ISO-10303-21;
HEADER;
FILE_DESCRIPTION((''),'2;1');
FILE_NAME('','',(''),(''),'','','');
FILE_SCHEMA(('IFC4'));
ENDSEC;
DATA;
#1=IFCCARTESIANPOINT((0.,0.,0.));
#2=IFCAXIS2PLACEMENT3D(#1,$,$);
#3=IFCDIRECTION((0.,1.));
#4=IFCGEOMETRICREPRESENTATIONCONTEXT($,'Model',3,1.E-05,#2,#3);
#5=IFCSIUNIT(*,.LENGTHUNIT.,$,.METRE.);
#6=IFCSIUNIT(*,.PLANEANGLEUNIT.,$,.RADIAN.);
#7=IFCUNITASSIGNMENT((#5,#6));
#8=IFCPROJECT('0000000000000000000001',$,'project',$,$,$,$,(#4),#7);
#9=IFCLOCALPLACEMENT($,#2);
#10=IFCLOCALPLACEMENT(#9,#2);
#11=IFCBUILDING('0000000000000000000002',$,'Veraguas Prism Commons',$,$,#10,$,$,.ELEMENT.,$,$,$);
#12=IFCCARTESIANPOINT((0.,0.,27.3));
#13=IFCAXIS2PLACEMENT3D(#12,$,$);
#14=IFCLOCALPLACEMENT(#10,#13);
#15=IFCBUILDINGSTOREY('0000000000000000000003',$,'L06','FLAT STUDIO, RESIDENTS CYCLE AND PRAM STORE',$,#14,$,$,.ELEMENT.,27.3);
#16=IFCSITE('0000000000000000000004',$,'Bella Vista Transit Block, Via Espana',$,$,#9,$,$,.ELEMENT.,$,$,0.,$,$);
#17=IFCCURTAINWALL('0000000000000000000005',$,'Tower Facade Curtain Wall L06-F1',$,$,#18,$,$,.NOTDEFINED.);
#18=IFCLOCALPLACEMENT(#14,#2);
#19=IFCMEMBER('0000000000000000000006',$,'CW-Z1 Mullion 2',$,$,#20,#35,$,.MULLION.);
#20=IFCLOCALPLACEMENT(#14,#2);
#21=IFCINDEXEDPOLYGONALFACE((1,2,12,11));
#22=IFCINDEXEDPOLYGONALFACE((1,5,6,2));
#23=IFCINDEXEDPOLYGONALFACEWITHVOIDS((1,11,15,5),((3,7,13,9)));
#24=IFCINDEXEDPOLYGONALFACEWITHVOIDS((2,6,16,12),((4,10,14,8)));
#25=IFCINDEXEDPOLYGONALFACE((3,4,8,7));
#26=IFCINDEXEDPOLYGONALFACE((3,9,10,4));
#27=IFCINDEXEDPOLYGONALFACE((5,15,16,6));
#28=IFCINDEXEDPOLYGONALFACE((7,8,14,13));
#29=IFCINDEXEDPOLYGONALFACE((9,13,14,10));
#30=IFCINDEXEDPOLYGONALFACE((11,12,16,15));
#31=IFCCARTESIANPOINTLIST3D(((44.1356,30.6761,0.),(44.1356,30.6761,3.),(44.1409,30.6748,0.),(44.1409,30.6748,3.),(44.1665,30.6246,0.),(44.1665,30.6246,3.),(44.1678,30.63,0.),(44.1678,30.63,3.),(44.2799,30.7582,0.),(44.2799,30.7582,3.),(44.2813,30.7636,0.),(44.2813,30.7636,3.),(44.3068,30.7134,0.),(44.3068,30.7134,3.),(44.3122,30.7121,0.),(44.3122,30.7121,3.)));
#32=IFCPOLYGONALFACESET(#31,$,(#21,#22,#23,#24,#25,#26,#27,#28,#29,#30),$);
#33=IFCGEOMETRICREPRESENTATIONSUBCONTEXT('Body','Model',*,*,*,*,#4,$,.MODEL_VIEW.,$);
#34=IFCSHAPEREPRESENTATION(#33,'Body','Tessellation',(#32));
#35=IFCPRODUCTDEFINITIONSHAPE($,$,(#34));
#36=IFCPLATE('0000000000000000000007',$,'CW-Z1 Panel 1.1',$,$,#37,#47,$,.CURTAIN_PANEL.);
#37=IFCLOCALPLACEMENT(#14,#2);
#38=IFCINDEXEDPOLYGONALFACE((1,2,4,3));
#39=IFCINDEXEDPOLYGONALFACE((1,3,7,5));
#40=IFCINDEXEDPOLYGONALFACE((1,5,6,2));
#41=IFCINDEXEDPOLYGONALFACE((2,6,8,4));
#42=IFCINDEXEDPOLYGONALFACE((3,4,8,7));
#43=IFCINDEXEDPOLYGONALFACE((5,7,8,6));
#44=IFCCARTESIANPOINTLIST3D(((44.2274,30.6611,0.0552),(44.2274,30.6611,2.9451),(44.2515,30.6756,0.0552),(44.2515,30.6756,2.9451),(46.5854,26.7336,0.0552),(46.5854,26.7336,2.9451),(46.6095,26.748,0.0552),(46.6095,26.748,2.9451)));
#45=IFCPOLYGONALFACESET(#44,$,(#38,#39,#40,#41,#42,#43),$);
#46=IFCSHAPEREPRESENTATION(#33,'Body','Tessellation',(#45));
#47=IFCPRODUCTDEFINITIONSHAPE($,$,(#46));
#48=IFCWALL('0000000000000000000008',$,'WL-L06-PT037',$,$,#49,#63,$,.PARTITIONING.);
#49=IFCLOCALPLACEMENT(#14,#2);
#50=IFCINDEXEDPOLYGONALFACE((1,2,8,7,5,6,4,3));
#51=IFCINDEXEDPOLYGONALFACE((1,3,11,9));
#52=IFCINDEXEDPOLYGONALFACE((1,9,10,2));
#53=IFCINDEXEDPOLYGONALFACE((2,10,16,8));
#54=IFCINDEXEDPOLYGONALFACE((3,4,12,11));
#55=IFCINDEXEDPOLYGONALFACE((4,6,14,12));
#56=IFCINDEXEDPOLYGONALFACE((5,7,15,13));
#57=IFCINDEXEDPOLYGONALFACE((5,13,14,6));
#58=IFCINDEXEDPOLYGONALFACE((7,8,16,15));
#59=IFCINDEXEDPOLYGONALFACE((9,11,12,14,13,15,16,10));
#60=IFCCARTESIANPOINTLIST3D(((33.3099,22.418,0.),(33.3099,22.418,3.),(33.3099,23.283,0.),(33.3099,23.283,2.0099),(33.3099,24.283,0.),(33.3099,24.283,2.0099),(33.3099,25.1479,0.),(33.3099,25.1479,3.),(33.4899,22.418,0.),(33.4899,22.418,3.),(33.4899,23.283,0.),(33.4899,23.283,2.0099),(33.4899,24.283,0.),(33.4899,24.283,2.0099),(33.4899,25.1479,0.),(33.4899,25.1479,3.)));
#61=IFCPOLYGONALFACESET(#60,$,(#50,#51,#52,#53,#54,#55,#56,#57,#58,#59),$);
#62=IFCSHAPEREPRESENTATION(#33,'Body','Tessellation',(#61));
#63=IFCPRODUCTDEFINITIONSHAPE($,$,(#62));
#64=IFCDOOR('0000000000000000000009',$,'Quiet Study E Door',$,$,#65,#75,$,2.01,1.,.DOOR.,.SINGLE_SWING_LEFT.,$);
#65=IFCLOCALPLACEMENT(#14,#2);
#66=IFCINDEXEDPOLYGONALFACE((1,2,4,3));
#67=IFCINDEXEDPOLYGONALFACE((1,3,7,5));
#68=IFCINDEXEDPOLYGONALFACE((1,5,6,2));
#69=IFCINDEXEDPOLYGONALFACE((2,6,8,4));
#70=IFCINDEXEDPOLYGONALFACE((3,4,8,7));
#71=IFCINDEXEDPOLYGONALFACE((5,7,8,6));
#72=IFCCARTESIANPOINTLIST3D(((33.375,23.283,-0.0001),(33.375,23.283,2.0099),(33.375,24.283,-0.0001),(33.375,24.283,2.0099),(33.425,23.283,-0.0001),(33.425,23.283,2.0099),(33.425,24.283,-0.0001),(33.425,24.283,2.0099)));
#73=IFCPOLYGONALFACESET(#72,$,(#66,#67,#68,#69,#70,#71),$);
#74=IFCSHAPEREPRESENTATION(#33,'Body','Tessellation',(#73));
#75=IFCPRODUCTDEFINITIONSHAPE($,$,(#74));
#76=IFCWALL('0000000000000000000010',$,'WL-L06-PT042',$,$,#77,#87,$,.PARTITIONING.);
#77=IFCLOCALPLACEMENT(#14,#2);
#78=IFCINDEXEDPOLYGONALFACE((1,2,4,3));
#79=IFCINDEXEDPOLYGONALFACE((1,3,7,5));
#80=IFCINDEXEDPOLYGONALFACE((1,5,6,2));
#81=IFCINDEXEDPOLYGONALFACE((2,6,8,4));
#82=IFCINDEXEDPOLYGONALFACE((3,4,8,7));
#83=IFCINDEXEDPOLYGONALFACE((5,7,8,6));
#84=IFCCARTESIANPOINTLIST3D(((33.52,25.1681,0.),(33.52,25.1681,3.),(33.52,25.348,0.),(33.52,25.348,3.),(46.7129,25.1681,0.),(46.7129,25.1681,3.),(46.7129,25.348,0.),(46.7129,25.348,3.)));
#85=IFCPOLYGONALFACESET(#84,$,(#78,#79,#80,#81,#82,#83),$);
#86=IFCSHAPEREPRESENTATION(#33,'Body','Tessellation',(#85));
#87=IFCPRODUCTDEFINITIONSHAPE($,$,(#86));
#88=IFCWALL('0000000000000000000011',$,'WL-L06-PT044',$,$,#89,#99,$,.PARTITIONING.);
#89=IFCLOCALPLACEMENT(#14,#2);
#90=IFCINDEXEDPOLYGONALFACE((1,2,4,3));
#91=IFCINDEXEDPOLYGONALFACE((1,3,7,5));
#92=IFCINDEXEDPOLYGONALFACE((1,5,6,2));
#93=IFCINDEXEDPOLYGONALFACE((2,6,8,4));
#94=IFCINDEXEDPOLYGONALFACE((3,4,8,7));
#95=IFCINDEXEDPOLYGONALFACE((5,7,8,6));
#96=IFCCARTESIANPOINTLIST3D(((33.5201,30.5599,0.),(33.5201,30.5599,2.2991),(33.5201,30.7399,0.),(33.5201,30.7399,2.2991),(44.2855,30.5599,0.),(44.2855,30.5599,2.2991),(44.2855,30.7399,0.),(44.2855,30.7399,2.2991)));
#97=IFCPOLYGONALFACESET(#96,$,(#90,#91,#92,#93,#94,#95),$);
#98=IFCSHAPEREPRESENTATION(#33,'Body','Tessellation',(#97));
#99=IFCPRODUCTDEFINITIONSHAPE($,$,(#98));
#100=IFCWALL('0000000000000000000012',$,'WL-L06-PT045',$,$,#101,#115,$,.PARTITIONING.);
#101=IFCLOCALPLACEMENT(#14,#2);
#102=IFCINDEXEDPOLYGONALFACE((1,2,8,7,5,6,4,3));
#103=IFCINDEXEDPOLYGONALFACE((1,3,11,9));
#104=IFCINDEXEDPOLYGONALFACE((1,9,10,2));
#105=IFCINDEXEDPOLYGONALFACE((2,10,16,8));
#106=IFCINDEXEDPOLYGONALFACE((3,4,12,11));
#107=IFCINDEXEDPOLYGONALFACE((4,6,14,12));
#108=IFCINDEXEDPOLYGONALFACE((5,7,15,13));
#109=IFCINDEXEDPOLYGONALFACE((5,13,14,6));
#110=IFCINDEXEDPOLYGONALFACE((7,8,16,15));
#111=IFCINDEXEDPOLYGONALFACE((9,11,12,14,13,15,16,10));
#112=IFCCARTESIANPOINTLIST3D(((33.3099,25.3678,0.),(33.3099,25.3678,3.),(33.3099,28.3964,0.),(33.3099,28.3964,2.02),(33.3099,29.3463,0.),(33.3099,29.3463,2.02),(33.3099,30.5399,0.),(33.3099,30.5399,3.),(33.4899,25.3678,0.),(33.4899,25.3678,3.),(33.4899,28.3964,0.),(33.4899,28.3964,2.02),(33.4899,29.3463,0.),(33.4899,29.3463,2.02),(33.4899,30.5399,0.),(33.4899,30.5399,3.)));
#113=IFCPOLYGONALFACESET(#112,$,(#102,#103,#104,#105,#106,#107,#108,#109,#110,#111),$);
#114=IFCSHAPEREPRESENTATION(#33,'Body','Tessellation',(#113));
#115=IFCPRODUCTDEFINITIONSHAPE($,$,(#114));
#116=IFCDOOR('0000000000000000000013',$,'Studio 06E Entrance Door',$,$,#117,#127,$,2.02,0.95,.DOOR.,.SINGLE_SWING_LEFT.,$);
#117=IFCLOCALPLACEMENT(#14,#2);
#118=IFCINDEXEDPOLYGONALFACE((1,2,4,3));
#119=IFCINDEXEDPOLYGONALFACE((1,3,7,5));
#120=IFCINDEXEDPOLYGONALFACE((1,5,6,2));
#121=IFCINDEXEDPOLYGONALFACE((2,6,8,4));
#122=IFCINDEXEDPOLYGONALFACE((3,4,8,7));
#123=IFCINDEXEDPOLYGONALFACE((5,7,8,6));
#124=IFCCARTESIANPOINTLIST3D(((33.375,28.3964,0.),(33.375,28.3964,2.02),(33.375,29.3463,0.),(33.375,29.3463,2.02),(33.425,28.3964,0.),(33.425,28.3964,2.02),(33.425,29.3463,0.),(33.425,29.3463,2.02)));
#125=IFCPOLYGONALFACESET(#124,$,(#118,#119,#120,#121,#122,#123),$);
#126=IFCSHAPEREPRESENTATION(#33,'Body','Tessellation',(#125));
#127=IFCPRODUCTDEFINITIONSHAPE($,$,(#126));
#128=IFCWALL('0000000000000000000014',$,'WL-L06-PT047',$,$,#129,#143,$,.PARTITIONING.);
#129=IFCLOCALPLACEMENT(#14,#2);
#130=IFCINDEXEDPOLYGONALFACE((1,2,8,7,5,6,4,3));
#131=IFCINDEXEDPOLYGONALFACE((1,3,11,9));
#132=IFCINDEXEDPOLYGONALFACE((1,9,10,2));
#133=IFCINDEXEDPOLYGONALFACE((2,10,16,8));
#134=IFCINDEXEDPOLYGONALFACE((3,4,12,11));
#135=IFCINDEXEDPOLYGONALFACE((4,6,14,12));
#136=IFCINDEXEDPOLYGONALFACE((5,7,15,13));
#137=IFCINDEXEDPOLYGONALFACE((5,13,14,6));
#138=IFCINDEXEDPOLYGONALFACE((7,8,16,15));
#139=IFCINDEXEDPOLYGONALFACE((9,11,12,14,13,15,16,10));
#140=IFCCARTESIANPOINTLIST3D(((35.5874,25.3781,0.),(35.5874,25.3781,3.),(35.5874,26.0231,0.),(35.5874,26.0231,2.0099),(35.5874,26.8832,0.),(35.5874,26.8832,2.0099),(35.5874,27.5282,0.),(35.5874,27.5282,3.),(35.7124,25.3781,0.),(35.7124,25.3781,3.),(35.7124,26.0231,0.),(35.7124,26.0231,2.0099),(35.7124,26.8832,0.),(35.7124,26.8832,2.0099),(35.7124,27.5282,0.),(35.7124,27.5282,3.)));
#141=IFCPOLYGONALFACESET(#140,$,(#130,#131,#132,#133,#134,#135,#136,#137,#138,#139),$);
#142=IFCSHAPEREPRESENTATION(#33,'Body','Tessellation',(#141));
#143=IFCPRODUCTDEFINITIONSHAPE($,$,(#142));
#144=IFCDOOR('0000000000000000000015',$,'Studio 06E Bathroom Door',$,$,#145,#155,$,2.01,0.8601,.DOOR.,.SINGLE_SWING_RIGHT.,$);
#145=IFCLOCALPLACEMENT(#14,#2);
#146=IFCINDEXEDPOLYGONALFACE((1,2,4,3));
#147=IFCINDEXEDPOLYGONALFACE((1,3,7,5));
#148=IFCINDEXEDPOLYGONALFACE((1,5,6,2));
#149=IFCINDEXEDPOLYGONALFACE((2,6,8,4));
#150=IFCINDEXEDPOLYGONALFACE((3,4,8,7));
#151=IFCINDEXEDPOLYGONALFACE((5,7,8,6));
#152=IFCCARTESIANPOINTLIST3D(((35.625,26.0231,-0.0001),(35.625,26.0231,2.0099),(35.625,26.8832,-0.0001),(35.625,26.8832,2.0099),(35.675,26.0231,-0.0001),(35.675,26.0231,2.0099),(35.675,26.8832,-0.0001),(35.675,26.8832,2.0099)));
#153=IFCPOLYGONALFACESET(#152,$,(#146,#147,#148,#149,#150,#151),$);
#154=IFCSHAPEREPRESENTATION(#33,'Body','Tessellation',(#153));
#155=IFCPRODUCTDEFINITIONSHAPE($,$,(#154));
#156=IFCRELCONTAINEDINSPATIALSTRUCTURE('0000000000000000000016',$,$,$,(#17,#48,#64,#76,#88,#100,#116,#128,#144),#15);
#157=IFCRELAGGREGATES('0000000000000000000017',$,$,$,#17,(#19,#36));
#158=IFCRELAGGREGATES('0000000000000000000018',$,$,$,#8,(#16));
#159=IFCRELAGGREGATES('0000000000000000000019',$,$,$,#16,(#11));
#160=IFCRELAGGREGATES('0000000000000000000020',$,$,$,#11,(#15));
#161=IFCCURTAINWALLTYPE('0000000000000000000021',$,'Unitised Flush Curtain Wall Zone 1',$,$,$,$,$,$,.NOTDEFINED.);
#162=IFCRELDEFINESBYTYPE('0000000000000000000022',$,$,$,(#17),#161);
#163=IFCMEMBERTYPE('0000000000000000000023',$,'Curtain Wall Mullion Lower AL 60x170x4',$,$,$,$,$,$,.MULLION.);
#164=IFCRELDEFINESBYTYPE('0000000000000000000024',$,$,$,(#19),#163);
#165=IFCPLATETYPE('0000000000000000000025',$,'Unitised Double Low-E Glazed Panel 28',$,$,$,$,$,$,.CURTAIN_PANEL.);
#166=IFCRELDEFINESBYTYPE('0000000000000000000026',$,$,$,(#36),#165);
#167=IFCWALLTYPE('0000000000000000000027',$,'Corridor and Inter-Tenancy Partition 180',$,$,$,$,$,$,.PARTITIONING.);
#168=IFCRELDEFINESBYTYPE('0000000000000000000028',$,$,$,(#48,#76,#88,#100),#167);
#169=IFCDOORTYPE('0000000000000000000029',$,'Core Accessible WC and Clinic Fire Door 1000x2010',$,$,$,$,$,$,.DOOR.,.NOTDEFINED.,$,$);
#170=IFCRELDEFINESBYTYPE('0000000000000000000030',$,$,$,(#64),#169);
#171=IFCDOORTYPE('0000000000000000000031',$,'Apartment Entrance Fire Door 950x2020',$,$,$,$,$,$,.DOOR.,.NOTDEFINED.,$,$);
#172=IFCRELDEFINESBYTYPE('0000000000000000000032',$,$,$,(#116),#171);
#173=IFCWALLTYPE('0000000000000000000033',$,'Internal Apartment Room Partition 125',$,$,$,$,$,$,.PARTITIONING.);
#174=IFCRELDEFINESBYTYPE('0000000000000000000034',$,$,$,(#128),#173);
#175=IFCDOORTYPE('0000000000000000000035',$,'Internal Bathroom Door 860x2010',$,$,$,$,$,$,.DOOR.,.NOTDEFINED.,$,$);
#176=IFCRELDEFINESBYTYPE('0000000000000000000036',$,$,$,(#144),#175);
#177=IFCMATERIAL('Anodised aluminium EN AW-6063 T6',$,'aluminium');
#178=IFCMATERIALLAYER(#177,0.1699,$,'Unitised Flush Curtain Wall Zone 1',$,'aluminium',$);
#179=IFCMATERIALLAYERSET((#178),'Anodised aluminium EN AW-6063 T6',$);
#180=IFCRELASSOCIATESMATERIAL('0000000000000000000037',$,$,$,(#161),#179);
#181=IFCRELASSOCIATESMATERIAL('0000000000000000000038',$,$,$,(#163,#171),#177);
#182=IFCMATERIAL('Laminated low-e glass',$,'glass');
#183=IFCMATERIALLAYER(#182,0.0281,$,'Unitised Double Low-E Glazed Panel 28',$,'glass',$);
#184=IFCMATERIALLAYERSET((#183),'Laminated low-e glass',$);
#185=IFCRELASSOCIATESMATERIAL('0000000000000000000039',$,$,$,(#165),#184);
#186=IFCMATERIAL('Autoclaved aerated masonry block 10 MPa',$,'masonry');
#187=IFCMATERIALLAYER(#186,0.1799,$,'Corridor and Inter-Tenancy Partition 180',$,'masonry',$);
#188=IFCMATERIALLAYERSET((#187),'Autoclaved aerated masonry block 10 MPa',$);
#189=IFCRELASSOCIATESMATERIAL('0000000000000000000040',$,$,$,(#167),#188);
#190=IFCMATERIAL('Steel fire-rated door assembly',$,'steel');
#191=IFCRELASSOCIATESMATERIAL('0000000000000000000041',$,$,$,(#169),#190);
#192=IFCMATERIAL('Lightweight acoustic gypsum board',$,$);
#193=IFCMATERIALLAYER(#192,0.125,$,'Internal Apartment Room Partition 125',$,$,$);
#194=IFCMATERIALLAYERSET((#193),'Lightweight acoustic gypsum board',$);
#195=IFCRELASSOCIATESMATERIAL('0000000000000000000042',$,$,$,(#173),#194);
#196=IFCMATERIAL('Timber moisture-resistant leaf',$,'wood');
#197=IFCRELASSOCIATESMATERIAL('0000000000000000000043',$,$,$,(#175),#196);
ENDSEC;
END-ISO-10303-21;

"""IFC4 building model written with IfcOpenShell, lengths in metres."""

from ifc_helpers import new_model, si_unit, direction, frame, frame_2d, origin, origin_2d, place, context, subcontext, project, spatial, rectangle, hollow_rectangle, extrude, source, transform, mapped, material, layer, layer_set, material_profile, profile_set, type_object, element, fill, aggregate, save


model = new_model("IFC4")

# Units and contexts
model_context = context("Model", 3, precision=1e-05, world=origin(), true_north=direction((0.0, 1.0)))
body_context = subcontext(model_context, "Body", "Model", "MODEL_VIEW")
ifc_project = project(units=[si_unit("LENGTHUNIT", "METRE"), si_unit("PLANEANGLEUNIT", "RADIAN")], contexts=[model_context])

# Site, building, storey
site_placement = place(None, origin())
site = spatial("IfcSite", under=ifc_project, at=site_placement, Name="Bella Vista Transit Block, Via Espana", CompositionType="ELEMENT", RefElevation=0.0)
building_placement = place(site_placement, origin())
building = spatial("IfcBuilding", under=site, at=building_placement, Name="Veraguas Prism Commons", CompositionType="ELEMENT")
storey_placement = place(building_placement, frame((0.0, 0.0, 27.3)))
storey = spatial("IfcBuildingStorey", under=building, at=storey_placement, Name="L06", Description="FLAT STUDIO, RESIDENTS CYCLE AND PRAM STORE", CompositionType="ELEMENT", Elevation=27.3)

# Curtain wall, member, plate
ifc_material_1 = material(Name="Anodised aluminium EN AW-6063 T6", Category="aluminium")
ifc_layer_1 = layer(ifc_material_1, 0.1699, Name="Unitised Flush Curtain Wall Zone 1", Category="aluminium")
ifc_layer_set_1 = layer_set([ifc_layer_1], Name="Anodised aluminium EN AW-6063 T6")
curtain_wall_type = type_object("IfcCurtainWallType", Name="Unitised Flush Curtain Wall Zone 1", PredefinedType="NOTDEFINED", material=ifc_layer_set_1)
curtain_wall_placement = place(storey_placement, origin())
curtain_wall = element("IfcCurtainWall", 1, at=curtain_wall_placement, inside=storey, type_object=curtain_wall_type, Name="Tower Facade Curtain Wall L06-F1", PredefinedType="NOTDEFINED")
ifc_material_profile_1 = material_profile(ifc_material_1, hollow_rectangle(XDim=0.0601, YDim=0.1699, WallThickness=0.0039, at=origin_2d()), Name="AL60X170X4")
ifc_profile_set_1 = profile_set([ifc_material_profile_1], Name="Anodised aluminium EN AW-6063 T6")
member_type_1 = type_object("IfcMemberType", Name="Curtain Wall Mullion Lower AL 60x170x4", PredefinedType="MULLION", material=ifc_profile_set_1)
shared_shape_1 = source(origin(), body_context, "Body", "SweptSolid", [
    extrude(hollow_rectangle(XDim=0.0601, YDim=0.1699, WallThickness=0.0039, at=origin_2d()), origin(), (0.0, 0.0, 1.0), 3.0),
])
member_1_placement = place(storey_placement, frame((44.2239, 30.6941, 0.0), z_axis=(0.0, 0.0, 1.0), x_axis=(-0.514734, 0.85735, 0.0)))
member_1 = element("IfcMember", 2, at=member_1_placement, type_object=member_type_1, Name="CW-Z1 Mullion 2", PredefinedType="MULLION", context=body_context, shape_type="MappedRepresentation", body=[
    mapped(shared_shape_1, transform((0.0, 0.0, 0.0), scale=1.0)),
])
ifc_material_2 = material(Name="Laminated low-e glass", Category="glass")
ifc_layer_2 = layer(ifc_material_2, 0.0281, Name="Unitised Double Low-E Glazed Panel 28", Category="glass")
ifc_layer_set_2 = layer_set([ifc_layer_2], Name="Laminated low-e glass")
plate_type = type_object("IfcPlateType", Name="Unitised Double Low-E Glazed Panel 28", PredefinedType="CURTAIN_PANEL", material=ifc_layer_set_2)
shared_shape_2 = source(origin(), body_context, "Body", "SweptSolid", [
    extrude(rectangle(XDim=4.5811, YDim=0.0281, at=origin_2d()), origin(), (0.0, 0.0, 1.0), 2.8899),
])
plate_placement = place(storey_placement, frame((45.4185, 28.7046, 0.0552), z_axis=(0.0, 0.0, 1.0), x_axis=(-0.514734, 0.85735, 0.0)))
plate = element("IfcPlate", 3, at=plate_placement, type_object=plate_type, Name="CW-Z1 Panel 1.1", PredefinedType="CURTAIN_PANEL", context=body_context, shape_type="MappedRepresentation", body=[
    mapped(shared_shape_2, transform((0.0, 0.0, 0.0), scale=1.0)),
])
aggregate(curtain_wall, [member_1, plate])

# Wall, opening, door
ifc_material_3 = material(Name="Autoclaved aerated masonry block 10 MPa", Category="masonry")
ifc_layer_3 = layer(ifc_material_3, 0.1799, Name="Corridor and Inter-Tenancy Partition 180", Category="masonry")
ifc_layer_set_3 = layer_set([ifc_layer_3], Name="Autoclaved aerated masonry block 10 MPa")
wall_type_1 = type_object("IfcWallType", Name="Corridor and Inter-Tenancy Partition 180", PredefinedType="PARTITIONING", material=ifc_layer_set_3)
wall_1_placement = place(storey_placement, frame((33.3999, 22.418, 0.0), z_axis=(0.0, 0.0, 1.0), x_axis=(0.0, 1.0, 0.0)))
wall_1 = element("IfcWall", 4, at=wall_1_placement, inside=storey, type_object=wall_type_1, Name="WL-L06-PT037", PredefinedType="PARTITIONING", context=body_context, shape_type="SweptSolid", body=[
    extrude(rectangle(XDim=2.73, YDim=0.1799, at=frame_2d((1.365, 0.0))), origin(), (0.0, 0.0, 1.0), 3.0),
])
opening_1_placement = place(wall_1_placement, frame((0.865, 0.0, 0.0)))
opening_1 = element("IfcOpeningElement", 5, at=opening_1_placement, cuts=wall_1, PredefinedType="OPENING", context=body_context, shape_type="SweptSolid", body=[
    extrude(rectangle(XDim=1.0, YDim=2.01, at=frame_2d((0.5, 1.0049))), frame((0.0, 0.0999, 0.0), z_axis=(0.0, -1.0, 0.0), x_axis=(1.0, 0.0, 0.0)), (0.0, 0.0, 1.0), 0.2),
])
ifc_material_4 = material(Name="Steel fire-rated door assembly", Category="steel")
door_type_1 = type_object("IfcDoorType", Name="Core Accessible WC and Clinic Fire Door 1000x2010", OperationType="NOTDEFINED", PredefinedType="DOOR", material=ifc_material_4)
shared_shape_3 = source(origin(), body_context, "Body", "SweptSolid", [
    extrude(rectangle(XDim=1.0, YDim=2.01, at=frame_2d((0.5, 1.0049))), frame((0.0, 0.0249, 0.0), z_axis=(0.0, -1.0, 0.0), x_axis=(1.0, 0.0, 0.0)), (0.0, 0.0, 1.0), 0.05),
])
door_1_placement = place(opening_1_placement, origin())
door_1 = element("IfcDoor", 6, at=door_1_placement, inside=storey, type_object=door_type_1, Name="Quiet Study E Door", OperationType="SINGLE_SWING_LEFT", OverallHeight=2.01, OverallWidth=1.0, PredefinedType="DOOR", context=body_context, shape_type="MappedRepresentation", body=[
    mapped(shared_shape_3, transform((0.0, 0.0, 0.0), scale=1.0)),
])
fill(opening_1, door_1)

# Walls
wall_2_placement = place(storey_placement, frame((33.52, 25.2581, 0.0), z_axis=(0.0, 0.0, 1.0), x_axis=(1.0, 0.0, 0.0)))
element("IfcWall", 7, at=wall_2_placement, inside=storey, type_object=wall_type_1, Name="WL-L06-PT042", PredefinedType="PARTITIONING", context=body_context, shape_type="SweptSolid", body=[
    extrude(rectangle(XDim=13.1929, YDim=0.1799, at=frame_2d((6.5964, 0.0))), origin(), (0.0, 0.0, 1.0), 3.0),
])
wall_3_placement = place(storey_placement, frame((33.52, 30.6499, 0.0), z_axis=(0.0, 0.0, 1.0), x_axis=(1.0, 0.0, 0.0)))
element("IfcWall", 8, at=wall_3_placement, inside=storey, type_object=wall_type_1, Name="WL-L06-PT044", PredefinedType="PARTITIONING", context=body_context, shape_type="SweptSolid", body=[
    extrude(rectangle(XDim=10.7654, YDim=0.1799, at=frame_2d((5.3828, 0.0))), origin(), (0.0, 0.0, 1.0), 2.2991),
])

# Walls, openings, doors
wall_4_placement = place(storey_placement, frame((33.3999, 25.3679, 0.0), z_axis=(0.0, 0.0, 1.0), x_axis=(0.0, 1.0, 0.0)))
wall_4 = element("IfcWall", 9, at=wall_4_placement, inside=storey, type_object=wall_type_1, Name="WL-L06-PT045", PredefinedType="PARTITIONING", context=body_context, shape_type="SweptSolid", body=[
    extrude(rectangle(XDim=5.1721, YDim=0.1799, at=frame_2d((2.5859, 0.0))), origin(), (0.0, 0.0, 1.0), 3.0),
])
opening_2_placement = place(wall_4_placement, frame((3.0283, 0.0, 0.0)))
opening_2 = element("IfcOpeningElement", 10, at=opening_2_placement, cuts=wall_4, PredefinedType="OPENING", context=body_context, shape_type="SweptSolid", body=[
    extrude(rectangle(XDim=0.95, YDim=2.02, at=frame_2d((0.4751, 1.01))), frame((0.0, 0.0999, 0.0), z_axis=(0.0, -1.0, 0.0), x_axis=(1.0, 0.0, 0.0)), (0.0, 0.0, 1.0), 0.2),
])
door_type_2 = type_object("IfcDoorType", Name="Apartment Entrance Fire Door 950x2020", OperationType="NOTDEFINED", PredefinedType="DOOR", material=ifc_material_1)
shared_shape_4 = source(origin(), body_context, "Body", "SweptSolid", [
    extrude(rectangle(XDim=0.95, YDim=2.02, at=frame_2d((0.4751, 1.01))), frame((0.0, 0.0249, 0.0), z_axis=(0.0, -1.0, 0.0), x_axis=(1.0, 0.0, 0.0)), (0.0, 0.0, 1.0), 0.05),
])
door_2_placement = place(opening_2_placement, origin())
door_2 = element("IfcDoor", 11, at=door_2_placement, inside=storey, type_object=door_type_2, Name="Studio 06E Entrance Door", OperationType="SINGLE_SWING_LEFT", OverallHeight=2.02, OverallWidth=0.95, PredefinedType="DOOR", context=body_context, shape_type="MappedRepresentation", body=[
    mapped(shared_shape_4, transform((0.0, 0.0, 0.0), scale=1.0)),
])
fill(opening_2, door_2)
ifc_material_5 = material(Name="Lightweight acoustic gypsum board")
ifc_layer_4 = layer(ifc_material_5, 0.125, Name="Internal Apartment Room Partition 125")
ifc_layer_set_4 = layer_set([ifc_layer_4], Name="Lightweight acoustic gypsum board")
wall_type_2 = type_object("IfcWallType", Name="Internal Apartment Room Partition 125", PredefinedType="PARTITIONING", material=ifc_layer_set_4)
wall_5_placement = place(storey_placement, frame((35.6499, 25.3779, 0.0), z_axis=(0.0, 0.0, 1.0), x_axis=(0.0, 1.0, 0.0)))
wall_5 = element("IfcWall", 12, at=wall_5_placement, inside=storey, type_object=wall_type_2, Name="WL-L06-PT047", PredefinedType="PARTITIONING", context=body_context, shape_type="SweptSolid", body=[
    extrude(rectangle(XDim=2.1501, YDim=0.125, at=frame_2d((1.0752, 0.0))), origin(), (0.0, 0.0, 1.0), 3.0),
])
opening_3_placement = place(wall_5_placement, frame((0.645, 0.0, 0.0)))
opening_3 = element("IfcOpeningElement", 13, at=opening_3_placement, cuts=wall_5, PredefinedType="OPENING", context=body_context, shape_type="SweptSolid", body=[
    extrude(rectangle(XDim=0.8601, YDim=2.01, at=frame_2d((0.4302, 1.0049))), frame((0.0, 0.0725, 0.0), z_axis=(0.0, -1.0, 0.0), x_axis=(1.0, 0.0, 0.0)), (0.0, 0.0, 1.0), 0.145),
])
ifc_material_6 = material(Name="Timber moisture-resistant leaf", Category="wood")
door_type_3 = type_object("IfcDoorType", Name="Internal Bathroom Door 860x2010", OperationType="NOTDEFINED", PredefinedType="DOOR", material=ifc_material_6)
shared_shape_5 = source(origin(), body_context, "Body", "SweptSolid", [
    extrude(rectangle(XDim=0.8601, YDim=2.01, at=frame_2d((0.4302, 1.0049))), frame((0.0, 0.0249, 0.0), z_axis=(0.0, -1.0, 0.0), x_axis=(1.0, 0.0, 0.0)), (0.0, 0.0, 1.0), 0.05),
])
door_3_placement = place(opening_3_placement, origin())
door_3 = element("IfcDoor", 14, at=door_3_placement, inside=storey, type_object=door_type_3, Name="Studio 06E Bathroom Door", OperationType="SINGLE_SWING_RIGHT", OverallHeight=2.01, OverallWidth=0.8601, PredefinedType="DOOR", context=body_context, shape_type="MappedRepresentation", body=[
    mapped(shared_shape_5, transform((0.0, 0.0, 0.0), scale=1.0)),
])
fill(opening_3, door_3)

save(model, "model.ifc")
